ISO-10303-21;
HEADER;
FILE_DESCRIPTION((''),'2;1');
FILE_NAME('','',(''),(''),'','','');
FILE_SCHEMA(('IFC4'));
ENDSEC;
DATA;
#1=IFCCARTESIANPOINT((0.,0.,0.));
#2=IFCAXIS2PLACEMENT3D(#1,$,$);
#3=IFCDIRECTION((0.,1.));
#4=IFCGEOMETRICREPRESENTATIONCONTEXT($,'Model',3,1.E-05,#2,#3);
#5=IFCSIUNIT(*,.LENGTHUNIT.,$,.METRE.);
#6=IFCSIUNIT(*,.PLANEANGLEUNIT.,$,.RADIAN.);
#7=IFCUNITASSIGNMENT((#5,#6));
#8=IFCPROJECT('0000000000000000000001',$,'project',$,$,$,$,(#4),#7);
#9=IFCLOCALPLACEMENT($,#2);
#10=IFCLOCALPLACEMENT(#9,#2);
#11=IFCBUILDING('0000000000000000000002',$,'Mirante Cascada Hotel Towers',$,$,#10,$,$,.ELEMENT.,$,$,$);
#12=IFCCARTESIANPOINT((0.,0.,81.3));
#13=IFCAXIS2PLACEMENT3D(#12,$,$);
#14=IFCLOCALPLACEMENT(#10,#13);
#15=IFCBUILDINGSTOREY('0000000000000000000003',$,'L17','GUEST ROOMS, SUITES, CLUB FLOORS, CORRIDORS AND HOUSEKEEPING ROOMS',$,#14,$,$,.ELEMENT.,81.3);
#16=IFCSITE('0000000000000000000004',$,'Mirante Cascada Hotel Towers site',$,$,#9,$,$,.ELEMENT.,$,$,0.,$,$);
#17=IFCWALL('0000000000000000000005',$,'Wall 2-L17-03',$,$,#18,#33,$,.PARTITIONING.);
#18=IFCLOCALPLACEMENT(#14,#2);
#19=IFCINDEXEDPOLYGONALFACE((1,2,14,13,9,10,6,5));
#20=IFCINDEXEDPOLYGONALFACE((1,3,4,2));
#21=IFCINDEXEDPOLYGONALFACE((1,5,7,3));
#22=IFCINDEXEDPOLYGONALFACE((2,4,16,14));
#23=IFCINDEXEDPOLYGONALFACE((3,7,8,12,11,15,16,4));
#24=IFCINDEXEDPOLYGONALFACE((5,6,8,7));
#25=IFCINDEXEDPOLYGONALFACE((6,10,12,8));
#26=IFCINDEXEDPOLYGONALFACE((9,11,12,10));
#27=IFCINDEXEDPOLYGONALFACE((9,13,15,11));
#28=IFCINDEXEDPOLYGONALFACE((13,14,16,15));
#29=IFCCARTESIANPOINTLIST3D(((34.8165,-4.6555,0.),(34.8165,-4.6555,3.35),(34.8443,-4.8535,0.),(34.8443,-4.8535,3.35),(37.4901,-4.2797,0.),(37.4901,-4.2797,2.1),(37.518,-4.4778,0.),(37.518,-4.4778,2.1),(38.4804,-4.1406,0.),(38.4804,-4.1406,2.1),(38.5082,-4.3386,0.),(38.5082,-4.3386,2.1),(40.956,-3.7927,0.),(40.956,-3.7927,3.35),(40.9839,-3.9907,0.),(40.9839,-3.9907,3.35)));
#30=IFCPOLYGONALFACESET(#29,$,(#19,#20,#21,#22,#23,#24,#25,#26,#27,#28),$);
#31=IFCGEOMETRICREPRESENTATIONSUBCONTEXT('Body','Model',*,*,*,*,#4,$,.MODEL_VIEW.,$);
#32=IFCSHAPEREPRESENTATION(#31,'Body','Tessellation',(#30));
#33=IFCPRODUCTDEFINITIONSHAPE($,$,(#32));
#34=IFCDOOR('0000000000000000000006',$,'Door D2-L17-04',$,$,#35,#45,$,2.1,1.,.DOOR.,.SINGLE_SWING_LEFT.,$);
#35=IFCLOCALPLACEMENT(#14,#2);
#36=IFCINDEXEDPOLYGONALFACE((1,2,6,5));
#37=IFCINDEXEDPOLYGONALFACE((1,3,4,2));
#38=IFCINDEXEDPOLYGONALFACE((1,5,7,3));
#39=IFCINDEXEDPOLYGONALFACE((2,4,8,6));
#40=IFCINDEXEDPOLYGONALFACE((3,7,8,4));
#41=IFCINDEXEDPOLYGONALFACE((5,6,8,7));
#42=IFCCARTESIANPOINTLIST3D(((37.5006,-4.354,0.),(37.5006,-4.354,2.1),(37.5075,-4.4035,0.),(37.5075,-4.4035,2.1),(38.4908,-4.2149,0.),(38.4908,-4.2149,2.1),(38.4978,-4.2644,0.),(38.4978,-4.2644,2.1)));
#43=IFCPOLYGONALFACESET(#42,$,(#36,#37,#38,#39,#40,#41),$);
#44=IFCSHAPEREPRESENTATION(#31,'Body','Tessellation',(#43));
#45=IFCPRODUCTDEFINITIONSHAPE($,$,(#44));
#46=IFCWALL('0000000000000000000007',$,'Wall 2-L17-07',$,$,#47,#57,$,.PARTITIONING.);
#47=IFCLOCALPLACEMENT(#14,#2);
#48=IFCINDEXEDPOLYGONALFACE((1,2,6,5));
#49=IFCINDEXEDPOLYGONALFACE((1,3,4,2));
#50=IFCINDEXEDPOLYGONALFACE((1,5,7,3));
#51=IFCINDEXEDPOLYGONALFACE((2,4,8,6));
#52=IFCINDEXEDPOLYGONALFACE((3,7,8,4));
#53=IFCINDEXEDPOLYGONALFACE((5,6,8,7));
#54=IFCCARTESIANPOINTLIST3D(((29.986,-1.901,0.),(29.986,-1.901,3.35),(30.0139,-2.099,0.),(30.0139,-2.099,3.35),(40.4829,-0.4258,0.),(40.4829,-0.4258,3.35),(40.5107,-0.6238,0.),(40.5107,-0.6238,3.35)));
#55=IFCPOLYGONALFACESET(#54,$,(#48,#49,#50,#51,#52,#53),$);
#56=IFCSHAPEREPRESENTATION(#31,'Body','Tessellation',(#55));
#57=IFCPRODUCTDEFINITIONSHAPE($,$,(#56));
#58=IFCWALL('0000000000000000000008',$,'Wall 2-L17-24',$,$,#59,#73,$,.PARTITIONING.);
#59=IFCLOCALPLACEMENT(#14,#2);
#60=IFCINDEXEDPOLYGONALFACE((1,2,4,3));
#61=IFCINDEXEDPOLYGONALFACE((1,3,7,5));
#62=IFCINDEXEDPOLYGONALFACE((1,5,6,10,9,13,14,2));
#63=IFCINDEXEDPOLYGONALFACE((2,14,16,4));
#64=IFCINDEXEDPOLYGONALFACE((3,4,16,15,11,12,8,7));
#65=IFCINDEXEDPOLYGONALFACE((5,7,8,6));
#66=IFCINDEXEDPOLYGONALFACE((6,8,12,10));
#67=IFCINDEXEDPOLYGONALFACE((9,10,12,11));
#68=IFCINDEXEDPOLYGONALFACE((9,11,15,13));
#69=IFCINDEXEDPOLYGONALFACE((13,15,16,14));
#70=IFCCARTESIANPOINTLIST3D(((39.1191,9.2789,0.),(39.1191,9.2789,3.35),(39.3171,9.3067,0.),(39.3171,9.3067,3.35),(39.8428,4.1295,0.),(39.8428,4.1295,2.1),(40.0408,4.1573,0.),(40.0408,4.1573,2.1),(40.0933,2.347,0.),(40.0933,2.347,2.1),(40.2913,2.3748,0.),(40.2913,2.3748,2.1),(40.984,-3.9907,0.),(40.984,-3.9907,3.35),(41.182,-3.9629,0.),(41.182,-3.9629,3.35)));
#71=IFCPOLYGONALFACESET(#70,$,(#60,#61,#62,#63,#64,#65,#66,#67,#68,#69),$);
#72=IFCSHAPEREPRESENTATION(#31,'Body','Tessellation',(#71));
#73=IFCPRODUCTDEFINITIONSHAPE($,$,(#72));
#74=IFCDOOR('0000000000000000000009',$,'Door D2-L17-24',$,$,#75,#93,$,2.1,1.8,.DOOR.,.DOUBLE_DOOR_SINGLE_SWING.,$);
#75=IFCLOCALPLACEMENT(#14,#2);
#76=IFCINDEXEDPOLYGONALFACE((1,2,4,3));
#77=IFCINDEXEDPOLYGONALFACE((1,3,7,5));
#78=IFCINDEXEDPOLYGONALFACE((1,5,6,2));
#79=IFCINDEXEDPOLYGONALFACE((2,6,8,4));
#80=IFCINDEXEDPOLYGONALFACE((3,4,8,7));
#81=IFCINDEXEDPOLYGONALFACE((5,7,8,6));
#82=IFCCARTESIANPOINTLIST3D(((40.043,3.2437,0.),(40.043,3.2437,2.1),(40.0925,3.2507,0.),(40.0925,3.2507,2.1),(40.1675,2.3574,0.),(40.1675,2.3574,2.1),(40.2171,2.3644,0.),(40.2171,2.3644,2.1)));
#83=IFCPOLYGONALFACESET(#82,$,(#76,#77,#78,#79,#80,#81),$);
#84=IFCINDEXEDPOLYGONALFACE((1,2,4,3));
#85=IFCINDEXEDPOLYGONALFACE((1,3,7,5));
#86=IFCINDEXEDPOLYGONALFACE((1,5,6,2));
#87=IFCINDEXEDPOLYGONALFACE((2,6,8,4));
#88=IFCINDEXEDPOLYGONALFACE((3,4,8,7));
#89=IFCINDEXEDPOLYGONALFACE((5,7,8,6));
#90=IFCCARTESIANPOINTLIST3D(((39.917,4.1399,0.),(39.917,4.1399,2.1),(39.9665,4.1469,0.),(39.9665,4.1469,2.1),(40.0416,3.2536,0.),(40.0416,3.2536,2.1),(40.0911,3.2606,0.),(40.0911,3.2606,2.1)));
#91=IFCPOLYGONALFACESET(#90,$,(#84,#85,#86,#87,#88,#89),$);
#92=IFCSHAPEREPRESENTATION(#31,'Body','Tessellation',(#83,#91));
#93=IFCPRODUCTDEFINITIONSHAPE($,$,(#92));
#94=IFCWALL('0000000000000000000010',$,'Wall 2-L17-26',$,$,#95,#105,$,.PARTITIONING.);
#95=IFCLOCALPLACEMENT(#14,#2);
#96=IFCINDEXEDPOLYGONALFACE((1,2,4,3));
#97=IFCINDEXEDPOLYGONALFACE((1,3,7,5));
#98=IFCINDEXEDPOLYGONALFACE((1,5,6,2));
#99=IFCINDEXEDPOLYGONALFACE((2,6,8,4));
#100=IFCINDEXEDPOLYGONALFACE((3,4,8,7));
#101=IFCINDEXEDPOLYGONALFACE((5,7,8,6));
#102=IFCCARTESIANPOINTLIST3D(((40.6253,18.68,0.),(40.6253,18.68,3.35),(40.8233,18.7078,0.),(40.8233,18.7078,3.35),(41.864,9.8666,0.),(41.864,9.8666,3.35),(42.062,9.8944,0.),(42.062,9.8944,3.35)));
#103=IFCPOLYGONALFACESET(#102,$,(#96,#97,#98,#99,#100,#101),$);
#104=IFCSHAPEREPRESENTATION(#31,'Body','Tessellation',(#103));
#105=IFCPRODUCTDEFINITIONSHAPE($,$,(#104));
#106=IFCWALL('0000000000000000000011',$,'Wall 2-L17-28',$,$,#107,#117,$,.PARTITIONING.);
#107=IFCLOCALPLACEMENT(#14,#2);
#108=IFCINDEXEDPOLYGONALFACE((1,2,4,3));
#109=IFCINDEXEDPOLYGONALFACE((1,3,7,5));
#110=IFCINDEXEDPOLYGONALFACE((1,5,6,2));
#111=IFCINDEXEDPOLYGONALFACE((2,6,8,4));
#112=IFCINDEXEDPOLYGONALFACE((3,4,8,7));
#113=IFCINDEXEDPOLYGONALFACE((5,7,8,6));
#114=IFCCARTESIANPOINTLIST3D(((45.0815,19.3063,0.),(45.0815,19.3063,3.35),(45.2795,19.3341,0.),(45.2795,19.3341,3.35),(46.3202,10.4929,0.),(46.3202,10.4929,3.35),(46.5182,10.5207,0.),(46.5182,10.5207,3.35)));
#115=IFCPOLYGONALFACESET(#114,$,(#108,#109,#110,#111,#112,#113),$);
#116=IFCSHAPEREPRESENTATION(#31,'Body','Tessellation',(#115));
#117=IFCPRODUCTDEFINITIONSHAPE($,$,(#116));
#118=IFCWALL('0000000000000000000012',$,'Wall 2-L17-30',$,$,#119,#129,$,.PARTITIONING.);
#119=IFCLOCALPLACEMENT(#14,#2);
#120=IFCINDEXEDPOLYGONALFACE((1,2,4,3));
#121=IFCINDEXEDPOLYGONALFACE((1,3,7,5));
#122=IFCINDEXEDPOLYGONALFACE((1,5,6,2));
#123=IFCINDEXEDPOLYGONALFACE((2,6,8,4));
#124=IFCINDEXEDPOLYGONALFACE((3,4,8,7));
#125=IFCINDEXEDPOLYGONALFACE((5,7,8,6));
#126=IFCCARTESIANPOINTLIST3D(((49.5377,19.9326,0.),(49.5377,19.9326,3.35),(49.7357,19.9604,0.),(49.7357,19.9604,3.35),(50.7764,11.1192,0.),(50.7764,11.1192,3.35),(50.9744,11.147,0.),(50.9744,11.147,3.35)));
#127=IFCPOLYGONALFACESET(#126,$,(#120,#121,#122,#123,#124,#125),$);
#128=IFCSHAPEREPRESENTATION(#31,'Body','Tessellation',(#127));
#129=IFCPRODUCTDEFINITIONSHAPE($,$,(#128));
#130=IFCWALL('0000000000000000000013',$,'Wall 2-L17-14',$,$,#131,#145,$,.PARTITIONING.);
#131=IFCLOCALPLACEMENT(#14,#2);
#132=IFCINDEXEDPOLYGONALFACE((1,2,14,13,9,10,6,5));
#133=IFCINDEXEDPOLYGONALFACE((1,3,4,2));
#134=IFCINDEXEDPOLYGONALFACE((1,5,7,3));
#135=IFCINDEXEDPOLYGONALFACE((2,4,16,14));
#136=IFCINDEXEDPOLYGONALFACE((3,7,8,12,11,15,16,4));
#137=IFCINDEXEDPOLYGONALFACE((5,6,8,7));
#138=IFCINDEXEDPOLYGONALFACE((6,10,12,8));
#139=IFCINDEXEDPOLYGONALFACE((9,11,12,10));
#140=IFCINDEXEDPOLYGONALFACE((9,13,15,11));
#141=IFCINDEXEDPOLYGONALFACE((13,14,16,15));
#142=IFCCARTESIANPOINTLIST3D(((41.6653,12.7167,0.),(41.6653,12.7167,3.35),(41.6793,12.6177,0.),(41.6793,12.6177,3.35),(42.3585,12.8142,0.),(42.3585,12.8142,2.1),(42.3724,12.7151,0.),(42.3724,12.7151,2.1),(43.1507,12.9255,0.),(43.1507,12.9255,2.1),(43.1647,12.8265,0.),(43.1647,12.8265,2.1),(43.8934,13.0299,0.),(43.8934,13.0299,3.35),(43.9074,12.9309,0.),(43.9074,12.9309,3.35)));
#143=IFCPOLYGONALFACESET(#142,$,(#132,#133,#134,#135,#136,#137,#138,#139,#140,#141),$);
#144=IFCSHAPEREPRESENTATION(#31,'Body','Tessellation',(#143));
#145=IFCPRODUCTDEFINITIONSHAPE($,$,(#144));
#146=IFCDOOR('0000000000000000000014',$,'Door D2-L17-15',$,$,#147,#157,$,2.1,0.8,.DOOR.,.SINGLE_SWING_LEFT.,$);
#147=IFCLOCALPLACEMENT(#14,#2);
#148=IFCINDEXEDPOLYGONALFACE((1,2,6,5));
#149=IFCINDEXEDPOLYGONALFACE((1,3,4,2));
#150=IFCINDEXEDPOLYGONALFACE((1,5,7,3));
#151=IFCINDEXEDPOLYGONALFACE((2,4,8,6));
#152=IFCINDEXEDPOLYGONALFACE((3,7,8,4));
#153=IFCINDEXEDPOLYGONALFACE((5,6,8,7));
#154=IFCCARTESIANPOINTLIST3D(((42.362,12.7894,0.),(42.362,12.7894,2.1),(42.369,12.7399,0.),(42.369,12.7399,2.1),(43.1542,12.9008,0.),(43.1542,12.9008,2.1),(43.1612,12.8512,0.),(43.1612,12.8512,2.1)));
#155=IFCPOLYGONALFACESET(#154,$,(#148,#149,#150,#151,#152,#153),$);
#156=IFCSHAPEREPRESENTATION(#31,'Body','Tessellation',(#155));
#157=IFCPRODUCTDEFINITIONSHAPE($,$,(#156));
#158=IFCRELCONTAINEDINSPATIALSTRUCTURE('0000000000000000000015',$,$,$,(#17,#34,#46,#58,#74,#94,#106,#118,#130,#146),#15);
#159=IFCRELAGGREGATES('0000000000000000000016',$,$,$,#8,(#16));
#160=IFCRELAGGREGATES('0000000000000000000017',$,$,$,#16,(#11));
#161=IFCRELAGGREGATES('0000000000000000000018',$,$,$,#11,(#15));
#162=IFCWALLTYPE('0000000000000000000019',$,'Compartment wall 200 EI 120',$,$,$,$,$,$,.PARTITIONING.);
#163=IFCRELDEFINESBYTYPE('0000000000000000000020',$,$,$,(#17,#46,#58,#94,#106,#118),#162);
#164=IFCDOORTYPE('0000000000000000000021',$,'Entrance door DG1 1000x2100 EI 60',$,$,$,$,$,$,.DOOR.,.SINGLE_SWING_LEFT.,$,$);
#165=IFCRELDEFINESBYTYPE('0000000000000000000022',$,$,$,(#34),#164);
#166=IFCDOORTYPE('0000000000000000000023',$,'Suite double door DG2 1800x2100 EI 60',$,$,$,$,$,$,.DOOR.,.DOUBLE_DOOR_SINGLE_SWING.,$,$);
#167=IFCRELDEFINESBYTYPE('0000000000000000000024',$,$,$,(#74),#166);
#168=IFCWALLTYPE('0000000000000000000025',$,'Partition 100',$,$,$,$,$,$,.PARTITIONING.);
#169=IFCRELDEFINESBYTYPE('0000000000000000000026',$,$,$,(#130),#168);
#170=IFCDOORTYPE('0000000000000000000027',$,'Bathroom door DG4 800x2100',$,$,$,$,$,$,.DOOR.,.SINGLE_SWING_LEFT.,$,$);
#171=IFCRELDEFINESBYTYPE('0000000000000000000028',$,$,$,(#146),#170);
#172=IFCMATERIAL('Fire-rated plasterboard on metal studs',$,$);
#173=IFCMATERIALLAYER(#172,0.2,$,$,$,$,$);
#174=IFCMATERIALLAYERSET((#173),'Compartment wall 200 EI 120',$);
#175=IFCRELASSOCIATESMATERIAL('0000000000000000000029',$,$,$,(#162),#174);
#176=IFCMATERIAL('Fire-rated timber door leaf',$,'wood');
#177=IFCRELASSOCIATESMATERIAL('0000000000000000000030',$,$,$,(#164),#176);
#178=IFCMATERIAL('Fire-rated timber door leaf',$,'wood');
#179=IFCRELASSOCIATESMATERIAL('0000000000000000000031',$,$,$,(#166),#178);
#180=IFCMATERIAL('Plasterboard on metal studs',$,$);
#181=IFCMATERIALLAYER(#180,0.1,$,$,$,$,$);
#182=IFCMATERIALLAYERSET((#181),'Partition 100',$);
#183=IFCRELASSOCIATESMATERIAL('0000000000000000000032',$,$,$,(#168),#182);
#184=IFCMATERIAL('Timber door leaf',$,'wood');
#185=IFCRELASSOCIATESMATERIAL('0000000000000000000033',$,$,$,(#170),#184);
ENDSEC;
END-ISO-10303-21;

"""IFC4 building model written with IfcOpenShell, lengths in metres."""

from ifc_helpers import new_model, si_unit, direction, frame, frame_2d, origin, place, context, subcontext, project, spatial, rectangle, extrude, material, layer, layer_set, type_object, element, fill, save


model = new_model("IFC4")

# Units and contexts
model_context = context("Model", 3, precision=1e-05, world=origin(), true_north=direction((0.0, 1.0)))
body_context = subcontext(model_context, "Body", "Model", "MODEL_VIEW")
ifc_project = project(units=[si_unit("LENGTHUNIT", "METRE"), si_unit("PLANEANGLEUNIT", "RADIAN")], contexts=[model_context])

# Site, building, storey
site_placement = place(None, origin())
site = spatial("IfcSite", under=ifc_project, at=site_placement, Name="Mirante Cascada Hotel Towers site", CompositionType="ELEMENT", RefElevation=0.0)
building_placement = place(site_placement, origin())
building = spatial("IfcBuilding", under=site, at=building_placement, Name="Mirante Cascada Hotel Towers", CompositionType="ELEMENT")
storey_placement = place(building_placement, frame((0.0, 0.0, 81.3)))
storey = spatial("IfcBuildingStorey", under=building, at=storey_placement, Name="L17", Description="GUEST ROOMS, SUITES, CLUB FLOORS, CORRIDORS AND HOUSEKEEPING ROOMS", CompositionType="ELEMENT", Elevation=81.3)

# Wall, opening, door
ifc_material_1 = material(Name="Fire-rated plasterboard on metal studs")
ifc_layer_1 = layer(ifc_material_1, 0.2)
ifc_layer_set_1 = layer_set([ifc_layer_1], Name="Compartment wall 200 EI 120")
wall_type_1 = type_object("IfcWallType", Name="Compartment wall 200 EI 120", PredefinedType="PARTITIONING", material=ifc_layer_set_1)
wall_1_placement = place(storey_placement, frame((40.97, -3.8917, 0.0), z_axis=(0.0, 0.0, 1.0), x_axis=(-0.99027, -0.139163, 0.0)))
wall_1 = element("IfcWall", 1, at=wall_1_placement, inside=storey, type_object=wall_type_1, Name="Wall 2-L17-03", PredefinedType="PARTITIONING", context=body_context, shape_type="SweptSolid", body=[
    extrude(rectangle(XDim=6.1999, YDim=0.2, at=frame_2d((3.1, 0.0))), origin(), (0.0, 0.0, 1.0), 3.35),
])
opening_1_placement = place(wall_1_placement, frame((2.5, 0.0, 0.0)))
opening_1 = element("IfcOpeningElement", 2, at=opening_1_placement, cuts=wall_1, PredefinedType="OPENING", context=body_context, shape_type="SweptSolid", body=[
    extrude(rectangle(XDim=1.0, YDim=2.1, at=frame_2d((0.5, 1.05))), frame((0.0, 0.1, 0.0), z_axis=(0.0, -1.0, 0.0), x_axis=(1.0, 0.0, 0.0)), (0.0, 0.0, 1.0), 0.2),
])
ifc_material_2 = material(Name="Fire-rated timber door leaf", Category="wood")
door_type_1 = type_object("IfcDoorType", Name="Entrance door DG1 1000x2100 EI 60", OperationType="SINGLE_SWING_LEFT", PredefinedType="DOOR", material=ifc_material_2)
door_1_placement = place(opening_1_placement, origin())
door_1 = element("IfcDoor", 3, at=door_1_placement, inside=storey, type_object=door_type_1, Name="Door D2-L17-04", OperationType="SINGLE_SWING_LEFT", OverallHeight=2.1, OverallWidth=1.0, PredefinedType="DOOR", context=body_context, shape_type="SweptSolid", body=[
    extrude(rectangle(XDim=1.0, YDim=2.1, at=frame_2d((0.5, 1.05))), frame((0.0, 0.025, 0.0), z_axis=(0.0, -1.0, 0.0), x_axis=(1.0, 0.0, 0.0)), (0.0, 0.0, 1.0), 0.05),
])
fill(opening_1, door_1)

# Wall
wall_2_placement = place(storey_placement, frame((40.4968, -0.5248, 0.0), z_axis=(0.0, 0.0, 1.0), x_axis=(-0.990268, -0.13917, 0.0)))
element("IfcWall", 4, at=wall_2_placement, inside=storey, type_object=wall_type_1, Name="Wall 2-L17-07", PredefinedType="PARTITIONING", context=body_context, shape_type="SweptSolid", body=[
    extrude(rectangle(XDim=10.6, YDim=0.2, at=frame_2d((5.3, 0.0))), origin(), (0.0, 0.0, 1.0), 3.35),
])

# Wall, opening, door
wall_3_placement = place(storey_placement, frame((41.083, -3.9768, 0.0), z_axis=(0.0, 0.0, 1.0), x_axis=(-0.139172, 0.990268, 0.0)))
wall_3 = element("IfcWall", 5, at=wall_3_placement, inside=storey, type_object=wall_type_1, Name="Wall 2-L17-24", PredefinedType="PARTITIONING", context=body_context, shape_type="SweptSolid", body=[
    extrude(rectangle(XDim=13.4, YDim=0.2, at=frame_2d((6.7, 0.0))), origin(), (0.0, 0.0, 1.0), 3.35),
])
opening_2_placement = place(wall_3_placement, frame((6.4, 0.0, 0.0)))
opening_2 = element("IfcOpeningElement", 6, at=opening_2_placement, cuts=wall_3, PredefinedType="OPENING", context=body_context, shape_type="SweptSolid", body=[
    extrude(rectangle(XDim=1.8, YDim=2.1, at=frame_2d((0.9, 1.05))), frame((0.0, 0.1, 0.0), z_axis=(0.0, -1.0, 0.0), x_axis=(1.0, 0.0, 0.0)), (0.0, 0.0, 1.0), 0.2),
])
ifc_material_3 = material(Name="Fire-rated timber door leaf", Category="wood")
door_type_2 = type_object("IfcDoorType", Name="Suite double door DG2 1800x2100 EI 60", OperationType="DOUBLE_DOOR_SINGLE_SWING", PredefinedType="DOOR", material=ifc_material_3)
door_2_placement = place(opening_2_placement, origin())
door_2 = element("IfcDoor", 7, at=door_2_placement, inside=storey, type_object=door_type_2, Name="Door D2-L17-24", OperationType="DOUBLE_DOOR_SINGLE_SWING", OverallHeight=2.1, OverallWidth=1.8, PredefinedType="DOOR", context=body_context, shape_type="SweptSolid", body=[
    extrude(rectangle(XDim=0.895, YDim=2.1, at=frame_2d((0.4475, 1.05))), frame((0.0, 0.025, 0.0), z_axis=(0.0, -1.0, 0.0), x_axis=(1.0, 0.0, 0.0)), (0.0, 0.0, 1.0), 0.05),
    extrude(rectangle(XDim=0.895, YDim=2.1, at=frame_2d((1.3525, 1.05))), frame((0.0, 0.025, 0.0), z_axis=(0.0, -1.0, 0.0), x_axis=(1.0, 0.0, 0.0)), (0.0, 0.0, 1.0), 0.05),
])
fill(opening_2, door_2)

# Walls
for number, where, z_axis, x_axis, name in (
    (8, (41.963, 9.8805, 0.0), (0.0, 0.0, 1.0), (-0.139179, 0.990267, 0.0), "Wall 2-L17-26"),
    (9, (46.4192, 10.5068, 0.0), (0.0, 0.0, 1.0), (-0.139179, 0.990267, 0.0), "Wall 2-L17-28"),
    (10, (50.8754, 11.1331, 0.0), (0.0, 0.0, 1.0), (-0.139179, 0.990267, 0.0), "Wall 2-L17-30"),
):
    element("IfcWall", number, at=place(storey_placement, frame(where, z_axis=z_axis, x_axis=x_axis)), inside=storey, type_object=wall_type_1, Name=name, PredefinedType="PARTITIONING", context=body_context, shape_type="SweptSolid", body=[
        extrude(rectangle(XDim=8.9, YDim=0.2, at=frame_2d((4.45, 0.0))), origin(), (0.0, 0.0, 1.0), 3.35),
    ])

# Wall, opening, door
ifc_material_4 = material(Name="Plasterboard on metal studs")
ifc_layer_2 = layer(ifc_material_4, 0.1)
ifc_layer_set_2 = layer_set([ifc_layer_2], Name="Partition 100")
wall_type_2 = type_object("IfcWallType", Name="Partition 100", PredefinedType="PARTITIONING", material=ifc_layer_set_2)
wall_4_placement = place(storey_placement, frame((41.6723, 12.6672, 0.0), z_axis=(0.0, 0.0, 1.0), x_axis=(0.990264, 0.1392, 0.0)))
wall_4 = element("IfcWall", 11, at=wall_4_placement, inside=storey, type_object=wall_type_2, Name="Wall 2-L17-14", PredefinedType="PARTITIONING", context=body_context, shape_type="SweptSolid", body=[
    extrude(rectangle(XDim=2.25, YDim=0.1, at=frame_2d((1.125, 0.0))), origin(), (0.0, 0.0, 1.0), 3.35),
])
opening_3_placement = place(wall_4_placement, frame((0.7, 0.0, 0.0)))
opening_3 = element("IfcOpeningElement", 12, at=opening_3_placement, cuts=wall_4, PredefinedType="OPENING", context=body_context, shape_type="SweptSolid", body=[
    extrude(rectangle(XDim=0.8, YDim=2.1, at=frame_2d((0.4, 1.05))), frame((0.0, 0.05, 0.0), z_axis=(0.0, -1.0, 0.0), x_axis=(1.0, 0.0, 0.0)), (0.0, 0.0, 1.0), 0.1),
])
ifc_material_5 = material(Name="Timber door leaf", Category="wood")
door_type_3 = type_object("IfcDoorType", Name="Bathroom door DG4 800x2100", OperationType="SINGLE_SWING_LEFT", PredefinedType="DOOR", material=ifc_material_5)
door_3_placement = place(opening_3_placement, origin())
door_3 = element("IfcDoor", 13, at=door_3_placement, inside=storey, type_object=door_type_3, Name="Door D2-L17-15", OperationType="SINGLE_SWING_LEFT", OverallHeight=2.1, OverallWidth=0.8, PredefinedType="DOOR", context=body_context, shape_type="SweptSolid", body=[
    extrude(rectangle(XDim=0.8, YDim=2.1, at=frame_2d((0.4, 1.05))), frame((0.0, 0.025, 0.0), z_axis=(0.0, -1.0, 0.0), x_axis=(1.0, 0.0, 0.0)), (0.0, 0.0, 1.0), 0.05),
])
fill(opening_3, door_3)

save(model, "model.ifc")
